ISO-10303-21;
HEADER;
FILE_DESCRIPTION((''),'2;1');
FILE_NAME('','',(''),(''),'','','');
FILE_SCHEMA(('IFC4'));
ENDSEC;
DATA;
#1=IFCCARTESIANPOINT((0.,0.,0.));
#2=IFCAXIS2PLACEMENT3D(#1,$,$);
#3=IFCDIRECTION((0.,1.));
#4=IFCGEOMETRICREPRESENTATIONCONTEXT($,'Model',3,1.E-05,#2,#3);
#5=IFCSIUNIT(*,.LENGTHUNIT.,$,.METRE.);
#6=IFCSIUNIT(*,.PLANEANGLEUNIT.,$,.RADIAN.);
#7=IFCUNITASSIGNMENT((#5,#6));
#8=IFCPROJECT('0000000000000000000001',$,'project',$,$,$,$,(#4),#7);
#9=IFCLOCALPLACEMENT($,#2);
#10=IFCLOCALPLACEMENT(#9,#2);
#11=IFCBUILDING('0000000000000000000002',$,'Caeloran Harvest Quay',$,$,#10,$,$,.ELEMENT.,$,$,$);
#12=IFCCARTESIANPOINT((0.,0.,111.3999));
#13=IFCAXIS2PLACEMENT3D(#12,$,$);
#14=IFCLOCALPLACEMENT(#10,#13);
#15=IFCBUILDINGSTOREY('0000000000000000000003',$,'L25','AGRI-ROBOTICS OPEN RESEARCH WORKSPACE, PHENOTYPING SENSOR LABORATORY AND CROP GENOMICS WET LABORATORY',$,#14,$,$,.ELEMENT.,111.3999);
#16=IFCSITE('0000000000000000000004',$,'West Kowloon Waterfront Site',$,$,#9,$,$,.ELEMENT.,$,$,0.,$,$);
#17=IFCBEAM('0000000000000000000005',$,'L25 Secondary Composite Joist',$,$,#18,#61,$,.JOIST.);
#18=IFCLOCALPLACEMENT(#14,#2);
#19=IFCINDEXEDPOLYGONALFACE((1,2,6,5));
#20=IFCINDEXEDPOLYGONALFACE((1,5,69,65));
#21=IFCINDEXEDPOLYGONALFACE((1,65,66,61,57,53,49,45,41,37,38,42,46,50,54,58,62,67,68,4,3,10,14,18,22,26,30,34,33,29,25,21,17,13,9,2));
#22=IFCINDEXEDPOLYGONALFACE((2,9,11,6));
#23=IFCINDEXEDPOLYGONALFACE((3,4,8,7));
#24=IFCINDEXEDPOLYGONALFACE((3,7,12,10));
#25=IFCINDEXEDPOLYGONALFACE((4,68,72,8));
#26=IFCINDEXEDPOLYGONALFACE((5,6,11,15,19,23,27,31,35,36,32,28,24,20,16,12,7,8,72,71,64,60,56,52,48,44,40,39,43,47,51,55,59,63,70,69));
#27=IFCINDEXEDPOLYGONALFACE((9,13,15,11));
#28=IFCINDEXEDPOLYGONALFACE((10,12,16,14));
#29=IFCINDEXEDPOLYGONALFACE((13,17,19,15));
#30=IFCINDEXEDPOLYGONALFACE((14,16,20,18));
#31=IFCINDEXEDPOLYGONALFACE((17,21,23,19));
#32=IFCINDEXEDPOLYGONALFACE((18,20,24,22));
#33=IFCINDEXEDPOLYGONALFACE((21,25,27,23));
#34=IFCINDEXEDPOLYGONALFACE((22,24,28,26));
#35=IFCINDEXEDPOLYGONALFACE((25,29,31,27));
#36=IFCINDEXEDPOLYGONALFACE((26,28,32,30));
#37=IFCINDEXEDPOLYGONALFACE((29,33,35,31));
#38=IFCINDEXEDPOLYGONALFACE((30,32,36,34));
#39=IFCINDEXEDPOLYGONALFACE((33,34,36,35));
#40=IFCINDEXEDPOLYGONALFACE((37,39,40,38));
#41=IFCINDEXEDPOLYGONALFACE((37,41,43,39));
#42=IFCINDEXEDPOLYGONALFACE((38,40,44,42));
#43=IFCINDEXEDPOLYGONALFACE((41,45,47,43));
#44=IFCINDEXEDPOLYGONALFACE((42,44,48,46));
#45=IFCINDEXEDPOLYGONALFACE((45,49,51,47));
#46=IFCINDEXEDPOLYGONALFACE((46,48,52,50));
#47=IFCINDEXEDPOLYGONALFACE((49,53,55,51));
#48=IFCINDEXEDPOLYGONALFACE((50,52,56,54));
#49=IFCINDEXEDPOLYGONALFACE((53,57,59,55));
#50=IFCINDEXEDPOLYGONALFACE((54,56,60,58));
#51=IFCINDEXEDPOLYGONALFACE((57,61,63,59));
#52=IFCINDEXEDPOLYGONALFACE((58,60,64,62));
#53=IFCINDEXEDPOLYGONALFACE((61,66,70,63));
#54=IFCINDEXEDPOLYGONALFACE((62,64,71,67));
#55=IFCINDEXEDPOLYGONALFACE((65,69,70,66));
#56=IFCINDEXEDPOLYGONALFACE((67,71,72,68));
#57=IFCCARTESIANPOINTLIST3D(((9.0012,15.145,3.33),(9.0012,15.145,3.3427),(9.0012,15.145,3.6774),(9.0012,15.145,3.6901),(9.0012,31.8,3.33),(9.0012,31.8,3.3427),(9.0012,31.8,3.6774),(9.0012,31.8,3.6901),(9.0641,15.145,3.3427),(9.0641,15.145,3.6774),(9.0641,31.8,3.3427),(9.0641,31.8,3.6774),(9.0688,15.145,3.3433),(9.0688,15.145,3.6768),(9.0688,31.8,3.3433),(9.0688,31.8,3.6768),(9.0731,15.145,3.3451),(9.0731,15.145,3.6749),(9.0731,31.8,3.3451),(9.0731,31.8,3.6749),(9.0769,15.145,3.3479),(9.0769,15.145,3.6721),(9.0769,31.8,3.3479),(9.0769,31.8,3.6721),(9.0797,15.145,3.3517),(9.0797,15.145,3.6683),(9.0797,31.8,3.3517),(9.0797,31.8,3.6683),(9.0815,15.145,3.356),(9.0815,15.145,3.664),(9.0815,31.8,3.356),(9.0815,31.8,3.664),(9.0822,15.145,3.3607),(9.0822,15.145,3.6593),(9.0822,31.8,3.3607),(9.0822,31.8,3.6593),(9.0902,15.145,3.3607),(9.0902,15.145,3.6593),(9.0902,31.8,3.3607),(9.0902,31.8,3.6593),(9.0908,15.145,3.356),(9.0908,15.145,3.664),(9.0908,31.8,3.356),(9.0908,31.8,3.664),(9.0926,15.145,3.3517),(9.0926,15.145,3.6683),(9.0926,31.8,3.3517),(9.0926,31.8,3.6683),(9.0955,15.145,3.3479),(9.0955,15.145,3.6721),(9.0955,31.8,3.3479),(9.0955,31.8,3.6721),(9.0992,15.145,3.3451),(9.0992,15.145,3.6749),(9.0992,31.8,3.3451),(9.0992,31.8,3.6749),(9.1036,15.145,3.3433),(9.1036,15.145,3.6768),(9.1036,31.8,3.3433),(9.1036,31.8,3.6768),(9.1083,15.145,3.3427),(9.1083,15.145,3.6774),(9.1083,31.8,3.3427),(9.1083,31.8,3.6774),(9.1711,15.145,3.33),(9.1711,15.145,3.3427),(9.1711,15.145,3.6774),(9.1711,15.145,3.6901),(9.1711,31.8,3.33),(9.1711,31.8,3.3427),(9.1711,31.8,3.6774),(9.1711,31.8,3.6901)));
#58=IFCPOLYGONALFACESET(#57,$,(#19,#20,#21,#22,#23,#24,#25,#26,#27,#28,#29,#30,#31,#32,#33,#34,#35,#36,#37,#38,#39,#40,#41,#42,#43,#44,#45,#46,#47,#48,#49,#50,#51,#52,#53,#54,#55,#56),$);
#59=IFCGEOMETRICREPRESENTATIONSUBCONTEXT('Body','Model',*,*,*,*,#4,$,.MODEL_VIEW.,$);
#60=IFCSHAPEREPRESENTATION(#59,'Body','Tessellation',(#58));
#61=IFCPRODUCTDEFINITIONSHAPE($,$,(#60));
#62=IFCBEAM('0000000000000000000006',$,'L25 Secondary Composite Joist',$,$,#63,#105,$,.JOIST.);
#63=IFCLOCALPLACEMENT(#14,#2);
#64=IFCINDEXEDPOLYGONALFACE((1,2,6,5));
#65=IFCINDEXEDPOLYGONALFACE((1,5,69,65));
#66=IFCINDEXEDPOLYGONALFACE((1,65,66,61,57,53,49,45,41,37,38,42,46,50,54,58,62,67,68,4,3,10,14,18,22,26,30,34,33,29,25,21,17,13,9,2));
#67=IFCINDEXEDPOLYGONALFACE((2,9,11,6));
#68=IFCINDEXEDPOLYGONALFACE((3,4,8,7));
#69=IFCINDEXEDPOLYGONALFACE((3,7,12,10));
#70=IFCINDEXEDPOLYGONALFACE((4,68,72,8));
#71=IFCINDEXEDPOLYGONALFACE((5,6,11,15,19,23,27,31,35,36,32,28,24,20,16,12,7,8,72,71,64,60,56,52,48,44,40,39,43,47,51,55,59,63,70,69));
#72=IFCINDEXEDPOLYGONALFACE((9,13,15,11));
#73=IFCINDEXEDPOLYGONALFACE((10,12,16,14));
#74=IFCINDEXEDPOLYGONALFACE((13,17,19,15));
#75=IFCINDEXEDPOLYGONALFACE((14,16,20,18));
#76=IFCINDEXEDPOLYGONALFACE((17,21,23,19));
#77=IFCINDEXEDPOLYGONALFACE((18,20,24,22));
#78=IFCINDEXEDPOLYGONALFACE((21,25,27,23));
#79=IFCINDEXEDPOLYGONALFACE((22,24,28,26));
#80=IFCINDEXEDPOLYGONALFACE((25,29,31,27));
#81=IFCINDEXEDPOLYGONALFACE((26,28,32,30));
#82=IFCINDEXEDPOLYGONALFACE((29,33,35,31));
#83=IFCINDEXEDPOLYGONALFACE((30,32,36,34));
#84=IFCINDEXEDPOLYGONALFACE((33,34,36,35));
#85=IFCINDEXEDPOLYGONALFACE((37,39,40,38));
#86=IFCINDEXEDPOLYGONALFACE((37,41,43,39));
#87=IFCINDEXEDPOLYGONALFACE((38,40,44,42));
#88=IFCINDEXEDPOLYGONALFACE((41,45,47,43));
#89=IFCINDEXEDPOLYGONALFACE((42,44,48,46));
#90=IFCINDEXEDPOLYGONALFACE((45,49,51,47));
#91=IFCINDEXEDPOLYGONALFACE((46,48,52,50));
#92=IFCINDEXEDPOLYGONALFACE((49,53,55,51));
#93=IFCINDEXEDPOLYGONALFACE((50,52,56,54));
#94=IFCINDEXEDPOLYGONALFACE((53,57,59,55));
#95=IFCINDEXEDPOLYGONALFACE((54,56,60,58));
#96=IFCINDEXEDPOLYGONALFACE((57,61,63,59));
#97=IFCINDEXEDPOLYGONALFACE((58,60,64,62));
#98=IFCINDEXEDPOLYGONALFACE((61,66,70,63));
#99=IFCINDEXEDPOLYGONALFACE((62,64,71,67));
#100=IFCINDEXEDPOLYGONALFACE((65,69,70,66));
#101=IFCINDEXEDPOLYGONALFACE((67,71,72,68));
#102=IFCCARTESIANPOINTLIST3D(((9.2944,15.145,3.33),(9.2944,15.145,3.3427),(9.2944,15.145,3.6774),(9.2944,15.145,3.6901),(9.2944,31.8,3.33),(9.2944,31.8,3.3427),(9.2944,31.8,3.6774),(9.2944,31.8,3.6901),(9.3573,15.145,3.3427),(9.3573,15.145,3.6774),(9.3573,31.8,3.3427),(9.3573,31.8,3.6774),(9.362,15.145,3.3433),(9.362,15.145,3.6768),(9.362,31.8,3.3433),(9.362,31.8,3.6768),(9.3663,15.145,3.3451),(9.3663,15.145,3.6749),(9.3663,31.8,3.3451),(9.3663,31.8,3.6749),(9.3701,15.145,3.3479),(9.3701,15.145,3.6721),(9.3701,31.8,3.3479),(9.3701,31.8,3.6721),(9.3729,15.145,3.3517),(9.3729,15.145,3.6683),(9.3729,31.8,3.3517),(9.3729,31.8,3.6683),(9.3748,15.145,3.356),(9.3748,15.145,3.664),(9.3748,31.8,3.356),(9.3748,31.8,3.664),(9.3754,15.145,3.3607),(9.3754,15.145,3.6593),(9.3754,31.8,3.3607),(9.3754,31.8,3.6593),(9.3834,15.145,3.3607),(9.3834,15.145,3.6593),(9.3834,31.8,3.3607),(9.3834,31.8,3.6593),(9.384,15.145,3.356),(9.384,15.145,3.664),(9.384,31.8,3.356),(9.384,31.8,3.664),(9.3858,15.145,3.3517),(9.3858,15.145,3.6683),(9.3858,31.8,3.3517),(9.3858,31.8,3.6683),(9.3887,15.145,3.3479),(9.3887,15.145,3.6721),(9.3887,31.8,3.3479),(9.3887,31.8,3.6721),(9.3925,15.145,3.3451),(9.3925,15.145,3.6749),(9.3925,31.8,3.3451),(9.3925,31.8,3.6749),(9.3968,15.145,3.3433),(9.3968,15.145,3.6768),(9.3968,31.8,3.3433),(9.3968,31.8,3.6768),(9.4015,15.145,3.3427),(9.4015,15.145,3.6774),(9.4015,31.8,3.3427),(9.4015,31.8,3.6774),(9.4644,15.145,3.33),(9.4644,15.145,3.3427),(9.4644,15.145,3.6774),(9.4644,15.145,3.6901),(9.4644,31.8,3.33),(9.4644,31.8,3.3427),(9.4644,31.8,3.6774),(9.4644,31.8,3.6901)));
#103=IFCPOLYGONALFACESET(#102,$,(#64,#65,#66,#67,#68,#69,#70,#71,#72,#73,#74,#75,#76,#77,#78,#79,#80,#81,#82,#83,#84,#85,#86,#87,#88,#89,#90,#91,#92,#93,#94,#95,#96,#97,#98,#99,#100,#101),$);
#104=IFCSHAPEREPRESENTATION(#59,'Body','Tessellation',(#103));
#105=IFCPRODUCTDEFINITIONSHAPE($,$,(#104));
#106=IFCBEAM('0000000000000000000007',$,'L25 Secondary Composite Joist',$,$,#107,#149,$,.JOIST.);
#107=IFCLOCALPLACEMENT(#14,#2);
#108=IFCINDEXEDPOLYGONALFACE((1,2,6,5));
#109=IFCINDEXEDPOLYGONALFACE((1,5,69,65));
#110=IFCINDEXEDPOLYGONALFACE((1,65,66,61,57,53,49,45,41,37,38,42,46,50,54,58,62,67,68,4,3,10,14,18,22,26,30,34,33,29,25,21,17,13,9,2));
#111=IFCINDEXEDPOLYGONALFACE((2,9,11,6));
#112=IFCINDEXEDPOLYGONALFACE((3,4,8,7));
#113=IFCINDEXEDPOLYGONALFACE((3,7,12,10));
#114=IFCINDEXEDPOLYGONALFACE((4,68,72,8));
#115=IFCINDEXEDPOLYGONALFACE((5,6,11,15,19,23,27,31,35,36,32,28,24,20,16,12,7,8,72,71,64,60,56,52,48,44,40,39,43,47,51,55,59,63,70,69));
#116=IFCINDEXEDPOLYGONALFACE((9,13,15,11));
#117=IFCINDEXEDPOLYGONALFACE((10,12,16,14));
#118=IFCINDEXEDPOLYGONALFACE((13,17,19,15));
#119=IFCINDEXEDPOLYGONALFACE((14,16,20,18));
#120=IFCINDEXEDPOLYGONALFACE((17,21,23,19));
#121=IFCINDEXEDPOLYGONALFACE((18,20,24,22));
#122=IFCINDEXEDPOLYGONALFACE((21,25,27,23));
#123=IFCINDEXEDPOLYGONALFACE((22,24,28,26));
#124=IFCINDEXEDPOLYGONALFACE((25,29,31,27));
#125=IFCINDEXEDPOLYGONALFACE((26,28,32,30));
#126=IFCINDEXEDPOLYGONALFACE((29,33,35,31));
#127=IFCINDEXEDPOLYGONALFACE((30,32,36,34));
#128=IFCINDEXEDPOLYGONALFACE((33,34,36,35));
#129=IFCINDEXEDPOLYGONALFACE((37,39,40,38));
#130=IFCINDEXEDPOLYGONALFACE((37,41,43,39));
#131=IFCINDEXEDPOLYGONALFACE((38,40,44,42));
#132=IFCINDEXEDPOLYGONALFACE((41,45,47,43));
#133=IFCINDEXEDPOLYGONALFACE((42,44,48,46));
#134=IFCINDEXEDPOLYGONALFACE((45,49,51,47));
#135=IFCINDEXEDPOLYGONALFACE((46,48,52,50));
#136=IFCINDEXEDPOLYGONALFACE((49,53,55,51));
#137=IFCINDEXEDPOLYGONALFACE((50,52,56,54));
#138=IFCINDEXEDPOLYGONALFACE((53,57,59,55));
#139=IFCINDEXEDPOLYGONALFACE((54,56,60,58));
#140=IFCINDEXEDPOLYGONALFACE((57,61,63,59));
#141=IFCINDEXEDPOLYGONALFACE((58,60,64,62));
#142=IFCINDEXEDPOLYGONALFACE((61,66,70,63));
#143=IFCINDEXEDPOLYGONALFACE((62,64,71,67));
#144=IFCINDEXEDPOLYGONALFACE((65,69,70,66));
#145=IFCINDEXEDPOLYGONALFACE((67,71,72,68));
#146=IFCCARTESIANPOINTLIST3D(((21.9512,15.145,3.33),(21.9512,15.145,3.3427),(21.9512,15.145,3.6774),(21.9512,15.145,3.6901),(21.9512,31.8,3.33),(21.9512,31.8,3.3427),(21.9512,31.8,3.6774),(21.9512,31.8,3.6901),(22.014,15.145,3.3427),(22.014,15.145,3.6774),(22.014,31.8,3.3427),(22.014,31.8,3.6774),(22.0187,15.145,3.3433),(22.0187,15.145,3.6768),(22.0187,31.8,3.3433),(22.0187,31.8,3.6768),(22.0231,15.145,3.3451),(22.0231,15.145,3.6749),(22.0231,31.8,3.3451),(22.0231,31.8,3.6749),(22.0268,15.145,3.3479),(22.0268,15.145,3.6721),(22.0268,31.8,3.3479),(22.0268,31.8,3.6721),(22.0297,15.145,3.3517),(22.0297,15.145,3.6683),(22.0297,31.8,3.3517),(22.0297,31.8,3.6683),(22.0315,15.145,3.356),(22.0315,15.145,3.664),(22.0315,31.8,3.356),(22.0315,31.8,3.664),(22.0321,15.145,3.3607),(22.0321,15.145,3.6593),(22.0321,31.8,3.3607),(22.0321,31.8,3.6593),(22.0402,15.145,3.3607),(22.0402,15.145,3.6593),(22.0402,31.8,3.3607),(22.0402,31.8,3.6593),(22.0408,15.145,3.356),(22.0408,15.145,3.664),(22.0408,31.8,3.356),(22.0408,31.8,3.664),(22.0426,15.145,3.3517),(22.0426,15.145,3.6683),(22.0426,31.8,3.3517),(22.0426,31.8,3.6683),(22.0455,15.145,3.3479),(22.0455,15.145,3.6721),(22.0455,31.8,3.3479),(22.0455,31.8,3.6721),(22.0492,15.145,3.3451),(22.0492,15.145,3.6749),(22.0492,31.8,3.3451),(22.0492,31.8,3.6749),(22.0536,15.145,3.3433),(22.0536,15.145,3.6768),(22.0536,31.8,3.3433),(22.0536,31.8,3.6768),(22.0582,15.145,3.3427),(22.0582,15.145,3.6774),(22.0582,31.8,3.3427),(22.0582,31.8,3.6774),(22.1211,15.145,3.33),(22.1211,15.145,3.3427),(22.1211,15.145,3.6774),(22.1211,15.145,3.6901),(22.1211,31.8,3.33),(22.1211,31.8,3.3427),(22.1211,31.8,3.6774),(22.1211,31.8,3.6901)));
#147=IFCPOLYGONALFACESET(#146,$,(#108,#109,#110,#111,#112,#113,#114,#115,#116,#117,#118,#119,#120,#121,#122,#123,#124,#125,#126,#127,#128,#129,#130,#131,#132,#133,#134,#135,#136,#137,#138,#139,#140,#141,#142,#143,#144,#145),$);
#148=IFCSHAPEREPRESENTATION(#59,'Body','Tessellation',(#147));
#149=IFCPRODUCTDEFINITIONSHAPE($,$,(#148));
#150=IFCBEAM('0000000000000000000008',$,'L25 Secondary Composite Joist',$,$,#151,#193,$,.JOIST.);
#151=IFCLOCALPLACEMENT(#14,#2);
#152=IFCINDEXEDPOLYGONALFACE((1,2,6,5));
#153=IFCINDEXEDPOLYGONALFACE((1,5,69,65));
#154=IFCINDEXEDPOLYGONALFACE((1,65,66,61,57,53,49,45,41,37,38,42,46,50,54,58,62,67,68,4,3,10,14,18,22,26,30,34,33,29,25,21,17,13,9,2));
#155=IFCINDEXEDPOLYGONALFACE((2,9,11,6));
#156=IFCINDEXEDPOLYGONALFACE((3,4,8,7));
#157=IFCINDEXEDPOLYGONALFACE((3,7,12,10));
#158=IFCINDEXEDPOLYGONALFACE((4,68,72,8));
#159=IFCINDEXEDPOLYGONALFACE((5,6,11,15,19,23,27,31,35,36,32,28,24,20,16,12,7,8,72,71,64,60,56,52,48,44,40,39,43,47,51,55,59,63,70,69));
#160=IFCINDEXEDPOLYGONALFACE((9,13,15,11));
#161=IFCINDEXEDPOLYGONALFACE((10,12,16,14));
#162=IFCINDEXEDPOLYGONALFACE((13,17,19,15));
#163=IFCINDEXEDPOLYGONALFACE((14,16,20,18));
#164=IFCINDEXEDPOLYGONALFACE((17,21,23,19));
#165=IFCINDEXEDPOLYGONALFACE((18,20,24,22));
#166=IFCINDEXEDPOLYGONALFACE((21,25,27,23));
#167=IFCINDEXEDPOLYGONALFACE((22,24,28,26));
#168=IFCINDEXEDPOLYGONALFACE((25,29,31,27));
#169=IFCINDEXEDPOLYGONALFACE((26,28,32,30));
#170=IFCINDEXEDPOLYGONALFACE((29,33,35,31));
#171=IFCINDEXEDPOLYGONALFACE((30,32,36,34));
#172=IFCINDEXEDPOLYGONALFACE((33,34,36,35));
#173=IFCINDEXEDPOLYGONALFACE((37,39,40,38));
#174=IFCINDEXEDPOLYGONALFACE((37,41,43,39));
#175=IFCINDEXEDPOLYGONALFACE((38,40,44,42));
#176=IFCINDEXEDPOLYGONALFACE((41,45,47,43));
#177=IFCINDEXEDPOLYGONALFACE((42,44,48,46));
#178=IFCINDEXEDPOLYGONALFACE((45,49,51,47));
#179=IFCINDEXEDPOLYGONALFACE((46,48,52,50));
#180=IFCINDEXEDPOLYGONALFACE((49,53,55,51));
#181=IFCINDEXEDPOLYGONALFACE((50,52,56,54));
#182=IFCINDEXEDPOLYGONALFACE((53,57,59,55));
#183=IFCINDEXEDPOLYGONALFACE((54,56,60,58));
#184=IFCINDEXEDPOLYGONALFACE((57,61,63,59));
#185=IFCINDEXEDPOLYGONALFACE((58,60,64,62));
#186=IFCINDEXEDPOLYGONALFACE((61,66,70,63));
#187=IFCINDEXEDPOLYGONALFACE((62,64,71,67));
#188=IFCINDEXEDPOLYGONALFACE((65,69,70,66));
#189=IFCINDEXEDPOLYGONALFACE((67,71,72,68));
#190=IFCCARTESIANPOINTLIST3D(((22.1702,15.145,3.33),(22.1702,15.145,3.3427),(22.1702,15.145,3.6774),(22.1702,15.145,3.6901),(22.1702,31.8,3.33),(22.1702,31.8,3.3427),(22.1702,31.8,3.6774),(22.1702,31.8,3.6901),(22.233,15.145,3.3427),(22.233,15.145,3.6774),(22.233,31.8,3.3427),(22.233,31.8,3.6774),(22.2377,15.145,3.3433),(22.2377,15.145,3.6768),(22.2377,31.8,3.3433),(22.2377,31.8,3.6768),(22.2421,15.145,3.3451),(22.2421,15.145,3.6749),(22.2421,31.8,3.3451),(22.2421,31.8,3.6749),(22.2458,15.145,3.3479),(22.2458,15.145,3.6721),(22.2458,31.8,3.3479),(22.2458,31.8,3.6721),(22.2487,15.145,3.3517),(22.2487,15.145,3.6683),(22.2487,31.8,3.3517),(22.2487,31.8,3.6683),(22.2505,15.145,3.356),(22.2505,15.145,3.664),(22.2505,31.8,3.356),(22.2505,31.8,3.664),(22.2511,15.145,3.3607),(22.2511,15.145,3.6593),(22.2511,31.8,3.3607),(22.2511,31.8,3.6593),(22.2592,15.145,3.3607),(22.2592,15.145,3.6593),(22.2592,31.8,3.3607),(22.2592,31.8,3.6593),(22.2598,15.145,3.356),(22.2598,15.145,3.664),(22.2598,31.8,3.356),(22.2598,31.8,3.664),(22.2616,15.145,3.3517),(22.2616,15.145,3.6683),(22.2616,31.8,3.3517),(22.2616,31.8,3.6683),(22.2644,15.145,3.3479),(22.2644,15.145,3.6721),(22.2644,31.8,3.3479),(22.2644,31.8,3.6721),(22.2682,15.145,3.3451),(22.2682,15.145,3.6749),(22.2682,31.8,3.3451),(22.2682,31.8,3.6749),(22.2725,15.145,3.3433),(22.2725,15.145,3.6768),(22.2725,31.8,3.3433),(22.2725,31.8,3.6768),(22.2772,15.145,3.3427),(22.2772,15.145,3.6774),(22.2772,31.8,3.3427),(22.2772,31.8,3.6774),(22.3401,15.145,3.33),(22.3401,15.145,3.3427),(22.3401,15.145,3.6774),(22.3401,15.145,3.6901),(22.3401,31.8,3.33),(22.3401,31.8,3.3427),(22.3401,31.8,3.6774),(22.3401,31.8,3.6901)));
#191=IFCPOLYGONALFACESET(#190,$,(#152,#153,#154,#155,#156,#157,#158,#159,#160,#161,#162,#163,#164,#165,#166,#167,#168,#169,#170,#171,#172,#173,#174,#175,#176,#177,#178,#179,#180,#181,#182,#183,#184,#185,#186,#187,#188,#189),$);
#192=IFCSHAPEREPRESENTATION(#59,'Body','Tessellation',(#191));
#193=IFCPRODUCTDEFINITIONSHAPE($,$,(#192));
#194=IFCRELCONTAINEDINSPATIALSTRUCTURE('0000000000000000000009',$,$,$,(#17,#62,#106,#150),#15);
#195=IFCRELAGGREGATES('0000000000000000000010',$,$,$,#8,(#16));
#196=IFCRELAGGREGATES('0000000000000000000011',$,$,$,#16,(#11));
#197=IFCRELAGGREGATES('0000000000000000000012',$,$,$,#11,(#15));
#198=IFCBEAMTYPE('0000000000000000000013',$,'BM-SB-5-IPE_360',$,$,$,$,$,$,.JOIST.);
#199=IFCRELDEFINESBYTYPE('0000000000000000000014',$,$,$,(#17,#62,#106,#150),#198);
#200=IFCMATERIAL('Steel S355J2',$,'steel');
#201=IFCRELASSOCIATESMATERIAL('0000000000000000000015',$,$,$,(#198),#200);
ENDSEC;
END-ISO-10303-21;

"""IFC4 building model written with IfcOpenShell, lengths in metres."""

from ifc_helpers import new_model, si_unit, direction, frame, origin, origin_2d, place, context, subcontext, project, spatial, i_section, extrude, material, material_profile, profile_set, type_object, element, save


model = new_model("IFC4")

# Units and contexts
model_context = context("Model", 3, precision=1e-05, world=origin(), true_north=direction((0.0, 1.0)))
body_context = subcontext(model_context, "Body", "Model", "MODEL_VIEW")
ifc_project = project(units=[si_unit("LENGTHUNIT", "METRE"), si_unit("PLANEANGLEUNIT", "RADIAN")], contexts=[model_context])

# Site, building, storey
site_placement = place(None, origin())
site = spatial("IfcSite", under=ifc_project, at=site_placement, Name="West Kowloon Waterfront Site", CompositionType="ELEMENT", RefElevation=0.0)
building_placement = place(site_placement, origin())
building = spatial("IfcBuilding", under=site, at=building_placement, Name="Caeloran Harvest Quay", CompositionType="ELEMENT")
storey_placement = place(building_placement, frame((0.0, 0.0, 111.3999)))
storey = spatial("IfcBuildingStorey", under=building, at=storey_placement, Name="L25", Description="AGRI-ROBOTICS OPEN RESEARCH WORKSPACE, PHENOTYPING SENSOR LABORATORY AND CROP GENOMICS WET LABORATORY", CompositionType="ELEMENT", Elevation=111.3999)

# Beams
ifc_material_1 = material(Name="Steel S355J2", Category="steel")
ifc_material_profile_1 = material_profile(ifc_material_1, i_section(OverallWidth=0.1699, OverallDepth=0.3601, WebThickness=0.0081, FlangeThickness=0.0127, FilletRadius=0.0181, at=origin_2d()), Name="IPE 360")
ifc_profile_set_1 = profile_set([ifc_material_profile_1], Name="Steel S355J2")
beam_type_1 = type_object("IfcBeamType", Name="BM-SB-5-IPE_360", PredefinedType="JOIST", material=ifc_profile_set_1)
for number, where, z_axis, x_axis, name in (
    (1, (9.0862, 15.145, 3.51), (0.0, 1.0, 0.0), (-1.0, 0.0, 0.0), "L25 Secondary Composite Joist"),
    (2, (9.3794, 15.145, 3.51), (0.0, 1.0, 0.0), (-1.0, 0.0, 0.0), "L25 Secondary Composite Joist"),
    (3, (22.0361, 15.145, 3.51), (0.0, 1.0, 0.0), (-1.0, 0.0, 0.0), "L25 Secondary Composite Joist"),
    (4, (22.2551, 15.145, 3.51), (0.0, 1.0, 0.0), (-1.0, 0.0, 0.0), "L25 Secondary Composite Joist"),
):
    element("IfcBeam", number, at=place(storey_placement, frame(where, z_axis=z_axis, x_axis=x_axis)), inside=storey, type_object=beam_type_1, Name=name, PredefinedType="JOIST", context=body_context, shape_type="SweptSolid", body=[
        extrude(i_section(OverallWidth=0.1699, OverallDepth=0.3601, WebThickness=0.0081, FlangeThickness=0.0127, FilletRadius=0.0181, at=origin_2d()), origin(), (0.0, 0.0, 1.0), 16.655),
    ])

save(model, "model.ifc")
